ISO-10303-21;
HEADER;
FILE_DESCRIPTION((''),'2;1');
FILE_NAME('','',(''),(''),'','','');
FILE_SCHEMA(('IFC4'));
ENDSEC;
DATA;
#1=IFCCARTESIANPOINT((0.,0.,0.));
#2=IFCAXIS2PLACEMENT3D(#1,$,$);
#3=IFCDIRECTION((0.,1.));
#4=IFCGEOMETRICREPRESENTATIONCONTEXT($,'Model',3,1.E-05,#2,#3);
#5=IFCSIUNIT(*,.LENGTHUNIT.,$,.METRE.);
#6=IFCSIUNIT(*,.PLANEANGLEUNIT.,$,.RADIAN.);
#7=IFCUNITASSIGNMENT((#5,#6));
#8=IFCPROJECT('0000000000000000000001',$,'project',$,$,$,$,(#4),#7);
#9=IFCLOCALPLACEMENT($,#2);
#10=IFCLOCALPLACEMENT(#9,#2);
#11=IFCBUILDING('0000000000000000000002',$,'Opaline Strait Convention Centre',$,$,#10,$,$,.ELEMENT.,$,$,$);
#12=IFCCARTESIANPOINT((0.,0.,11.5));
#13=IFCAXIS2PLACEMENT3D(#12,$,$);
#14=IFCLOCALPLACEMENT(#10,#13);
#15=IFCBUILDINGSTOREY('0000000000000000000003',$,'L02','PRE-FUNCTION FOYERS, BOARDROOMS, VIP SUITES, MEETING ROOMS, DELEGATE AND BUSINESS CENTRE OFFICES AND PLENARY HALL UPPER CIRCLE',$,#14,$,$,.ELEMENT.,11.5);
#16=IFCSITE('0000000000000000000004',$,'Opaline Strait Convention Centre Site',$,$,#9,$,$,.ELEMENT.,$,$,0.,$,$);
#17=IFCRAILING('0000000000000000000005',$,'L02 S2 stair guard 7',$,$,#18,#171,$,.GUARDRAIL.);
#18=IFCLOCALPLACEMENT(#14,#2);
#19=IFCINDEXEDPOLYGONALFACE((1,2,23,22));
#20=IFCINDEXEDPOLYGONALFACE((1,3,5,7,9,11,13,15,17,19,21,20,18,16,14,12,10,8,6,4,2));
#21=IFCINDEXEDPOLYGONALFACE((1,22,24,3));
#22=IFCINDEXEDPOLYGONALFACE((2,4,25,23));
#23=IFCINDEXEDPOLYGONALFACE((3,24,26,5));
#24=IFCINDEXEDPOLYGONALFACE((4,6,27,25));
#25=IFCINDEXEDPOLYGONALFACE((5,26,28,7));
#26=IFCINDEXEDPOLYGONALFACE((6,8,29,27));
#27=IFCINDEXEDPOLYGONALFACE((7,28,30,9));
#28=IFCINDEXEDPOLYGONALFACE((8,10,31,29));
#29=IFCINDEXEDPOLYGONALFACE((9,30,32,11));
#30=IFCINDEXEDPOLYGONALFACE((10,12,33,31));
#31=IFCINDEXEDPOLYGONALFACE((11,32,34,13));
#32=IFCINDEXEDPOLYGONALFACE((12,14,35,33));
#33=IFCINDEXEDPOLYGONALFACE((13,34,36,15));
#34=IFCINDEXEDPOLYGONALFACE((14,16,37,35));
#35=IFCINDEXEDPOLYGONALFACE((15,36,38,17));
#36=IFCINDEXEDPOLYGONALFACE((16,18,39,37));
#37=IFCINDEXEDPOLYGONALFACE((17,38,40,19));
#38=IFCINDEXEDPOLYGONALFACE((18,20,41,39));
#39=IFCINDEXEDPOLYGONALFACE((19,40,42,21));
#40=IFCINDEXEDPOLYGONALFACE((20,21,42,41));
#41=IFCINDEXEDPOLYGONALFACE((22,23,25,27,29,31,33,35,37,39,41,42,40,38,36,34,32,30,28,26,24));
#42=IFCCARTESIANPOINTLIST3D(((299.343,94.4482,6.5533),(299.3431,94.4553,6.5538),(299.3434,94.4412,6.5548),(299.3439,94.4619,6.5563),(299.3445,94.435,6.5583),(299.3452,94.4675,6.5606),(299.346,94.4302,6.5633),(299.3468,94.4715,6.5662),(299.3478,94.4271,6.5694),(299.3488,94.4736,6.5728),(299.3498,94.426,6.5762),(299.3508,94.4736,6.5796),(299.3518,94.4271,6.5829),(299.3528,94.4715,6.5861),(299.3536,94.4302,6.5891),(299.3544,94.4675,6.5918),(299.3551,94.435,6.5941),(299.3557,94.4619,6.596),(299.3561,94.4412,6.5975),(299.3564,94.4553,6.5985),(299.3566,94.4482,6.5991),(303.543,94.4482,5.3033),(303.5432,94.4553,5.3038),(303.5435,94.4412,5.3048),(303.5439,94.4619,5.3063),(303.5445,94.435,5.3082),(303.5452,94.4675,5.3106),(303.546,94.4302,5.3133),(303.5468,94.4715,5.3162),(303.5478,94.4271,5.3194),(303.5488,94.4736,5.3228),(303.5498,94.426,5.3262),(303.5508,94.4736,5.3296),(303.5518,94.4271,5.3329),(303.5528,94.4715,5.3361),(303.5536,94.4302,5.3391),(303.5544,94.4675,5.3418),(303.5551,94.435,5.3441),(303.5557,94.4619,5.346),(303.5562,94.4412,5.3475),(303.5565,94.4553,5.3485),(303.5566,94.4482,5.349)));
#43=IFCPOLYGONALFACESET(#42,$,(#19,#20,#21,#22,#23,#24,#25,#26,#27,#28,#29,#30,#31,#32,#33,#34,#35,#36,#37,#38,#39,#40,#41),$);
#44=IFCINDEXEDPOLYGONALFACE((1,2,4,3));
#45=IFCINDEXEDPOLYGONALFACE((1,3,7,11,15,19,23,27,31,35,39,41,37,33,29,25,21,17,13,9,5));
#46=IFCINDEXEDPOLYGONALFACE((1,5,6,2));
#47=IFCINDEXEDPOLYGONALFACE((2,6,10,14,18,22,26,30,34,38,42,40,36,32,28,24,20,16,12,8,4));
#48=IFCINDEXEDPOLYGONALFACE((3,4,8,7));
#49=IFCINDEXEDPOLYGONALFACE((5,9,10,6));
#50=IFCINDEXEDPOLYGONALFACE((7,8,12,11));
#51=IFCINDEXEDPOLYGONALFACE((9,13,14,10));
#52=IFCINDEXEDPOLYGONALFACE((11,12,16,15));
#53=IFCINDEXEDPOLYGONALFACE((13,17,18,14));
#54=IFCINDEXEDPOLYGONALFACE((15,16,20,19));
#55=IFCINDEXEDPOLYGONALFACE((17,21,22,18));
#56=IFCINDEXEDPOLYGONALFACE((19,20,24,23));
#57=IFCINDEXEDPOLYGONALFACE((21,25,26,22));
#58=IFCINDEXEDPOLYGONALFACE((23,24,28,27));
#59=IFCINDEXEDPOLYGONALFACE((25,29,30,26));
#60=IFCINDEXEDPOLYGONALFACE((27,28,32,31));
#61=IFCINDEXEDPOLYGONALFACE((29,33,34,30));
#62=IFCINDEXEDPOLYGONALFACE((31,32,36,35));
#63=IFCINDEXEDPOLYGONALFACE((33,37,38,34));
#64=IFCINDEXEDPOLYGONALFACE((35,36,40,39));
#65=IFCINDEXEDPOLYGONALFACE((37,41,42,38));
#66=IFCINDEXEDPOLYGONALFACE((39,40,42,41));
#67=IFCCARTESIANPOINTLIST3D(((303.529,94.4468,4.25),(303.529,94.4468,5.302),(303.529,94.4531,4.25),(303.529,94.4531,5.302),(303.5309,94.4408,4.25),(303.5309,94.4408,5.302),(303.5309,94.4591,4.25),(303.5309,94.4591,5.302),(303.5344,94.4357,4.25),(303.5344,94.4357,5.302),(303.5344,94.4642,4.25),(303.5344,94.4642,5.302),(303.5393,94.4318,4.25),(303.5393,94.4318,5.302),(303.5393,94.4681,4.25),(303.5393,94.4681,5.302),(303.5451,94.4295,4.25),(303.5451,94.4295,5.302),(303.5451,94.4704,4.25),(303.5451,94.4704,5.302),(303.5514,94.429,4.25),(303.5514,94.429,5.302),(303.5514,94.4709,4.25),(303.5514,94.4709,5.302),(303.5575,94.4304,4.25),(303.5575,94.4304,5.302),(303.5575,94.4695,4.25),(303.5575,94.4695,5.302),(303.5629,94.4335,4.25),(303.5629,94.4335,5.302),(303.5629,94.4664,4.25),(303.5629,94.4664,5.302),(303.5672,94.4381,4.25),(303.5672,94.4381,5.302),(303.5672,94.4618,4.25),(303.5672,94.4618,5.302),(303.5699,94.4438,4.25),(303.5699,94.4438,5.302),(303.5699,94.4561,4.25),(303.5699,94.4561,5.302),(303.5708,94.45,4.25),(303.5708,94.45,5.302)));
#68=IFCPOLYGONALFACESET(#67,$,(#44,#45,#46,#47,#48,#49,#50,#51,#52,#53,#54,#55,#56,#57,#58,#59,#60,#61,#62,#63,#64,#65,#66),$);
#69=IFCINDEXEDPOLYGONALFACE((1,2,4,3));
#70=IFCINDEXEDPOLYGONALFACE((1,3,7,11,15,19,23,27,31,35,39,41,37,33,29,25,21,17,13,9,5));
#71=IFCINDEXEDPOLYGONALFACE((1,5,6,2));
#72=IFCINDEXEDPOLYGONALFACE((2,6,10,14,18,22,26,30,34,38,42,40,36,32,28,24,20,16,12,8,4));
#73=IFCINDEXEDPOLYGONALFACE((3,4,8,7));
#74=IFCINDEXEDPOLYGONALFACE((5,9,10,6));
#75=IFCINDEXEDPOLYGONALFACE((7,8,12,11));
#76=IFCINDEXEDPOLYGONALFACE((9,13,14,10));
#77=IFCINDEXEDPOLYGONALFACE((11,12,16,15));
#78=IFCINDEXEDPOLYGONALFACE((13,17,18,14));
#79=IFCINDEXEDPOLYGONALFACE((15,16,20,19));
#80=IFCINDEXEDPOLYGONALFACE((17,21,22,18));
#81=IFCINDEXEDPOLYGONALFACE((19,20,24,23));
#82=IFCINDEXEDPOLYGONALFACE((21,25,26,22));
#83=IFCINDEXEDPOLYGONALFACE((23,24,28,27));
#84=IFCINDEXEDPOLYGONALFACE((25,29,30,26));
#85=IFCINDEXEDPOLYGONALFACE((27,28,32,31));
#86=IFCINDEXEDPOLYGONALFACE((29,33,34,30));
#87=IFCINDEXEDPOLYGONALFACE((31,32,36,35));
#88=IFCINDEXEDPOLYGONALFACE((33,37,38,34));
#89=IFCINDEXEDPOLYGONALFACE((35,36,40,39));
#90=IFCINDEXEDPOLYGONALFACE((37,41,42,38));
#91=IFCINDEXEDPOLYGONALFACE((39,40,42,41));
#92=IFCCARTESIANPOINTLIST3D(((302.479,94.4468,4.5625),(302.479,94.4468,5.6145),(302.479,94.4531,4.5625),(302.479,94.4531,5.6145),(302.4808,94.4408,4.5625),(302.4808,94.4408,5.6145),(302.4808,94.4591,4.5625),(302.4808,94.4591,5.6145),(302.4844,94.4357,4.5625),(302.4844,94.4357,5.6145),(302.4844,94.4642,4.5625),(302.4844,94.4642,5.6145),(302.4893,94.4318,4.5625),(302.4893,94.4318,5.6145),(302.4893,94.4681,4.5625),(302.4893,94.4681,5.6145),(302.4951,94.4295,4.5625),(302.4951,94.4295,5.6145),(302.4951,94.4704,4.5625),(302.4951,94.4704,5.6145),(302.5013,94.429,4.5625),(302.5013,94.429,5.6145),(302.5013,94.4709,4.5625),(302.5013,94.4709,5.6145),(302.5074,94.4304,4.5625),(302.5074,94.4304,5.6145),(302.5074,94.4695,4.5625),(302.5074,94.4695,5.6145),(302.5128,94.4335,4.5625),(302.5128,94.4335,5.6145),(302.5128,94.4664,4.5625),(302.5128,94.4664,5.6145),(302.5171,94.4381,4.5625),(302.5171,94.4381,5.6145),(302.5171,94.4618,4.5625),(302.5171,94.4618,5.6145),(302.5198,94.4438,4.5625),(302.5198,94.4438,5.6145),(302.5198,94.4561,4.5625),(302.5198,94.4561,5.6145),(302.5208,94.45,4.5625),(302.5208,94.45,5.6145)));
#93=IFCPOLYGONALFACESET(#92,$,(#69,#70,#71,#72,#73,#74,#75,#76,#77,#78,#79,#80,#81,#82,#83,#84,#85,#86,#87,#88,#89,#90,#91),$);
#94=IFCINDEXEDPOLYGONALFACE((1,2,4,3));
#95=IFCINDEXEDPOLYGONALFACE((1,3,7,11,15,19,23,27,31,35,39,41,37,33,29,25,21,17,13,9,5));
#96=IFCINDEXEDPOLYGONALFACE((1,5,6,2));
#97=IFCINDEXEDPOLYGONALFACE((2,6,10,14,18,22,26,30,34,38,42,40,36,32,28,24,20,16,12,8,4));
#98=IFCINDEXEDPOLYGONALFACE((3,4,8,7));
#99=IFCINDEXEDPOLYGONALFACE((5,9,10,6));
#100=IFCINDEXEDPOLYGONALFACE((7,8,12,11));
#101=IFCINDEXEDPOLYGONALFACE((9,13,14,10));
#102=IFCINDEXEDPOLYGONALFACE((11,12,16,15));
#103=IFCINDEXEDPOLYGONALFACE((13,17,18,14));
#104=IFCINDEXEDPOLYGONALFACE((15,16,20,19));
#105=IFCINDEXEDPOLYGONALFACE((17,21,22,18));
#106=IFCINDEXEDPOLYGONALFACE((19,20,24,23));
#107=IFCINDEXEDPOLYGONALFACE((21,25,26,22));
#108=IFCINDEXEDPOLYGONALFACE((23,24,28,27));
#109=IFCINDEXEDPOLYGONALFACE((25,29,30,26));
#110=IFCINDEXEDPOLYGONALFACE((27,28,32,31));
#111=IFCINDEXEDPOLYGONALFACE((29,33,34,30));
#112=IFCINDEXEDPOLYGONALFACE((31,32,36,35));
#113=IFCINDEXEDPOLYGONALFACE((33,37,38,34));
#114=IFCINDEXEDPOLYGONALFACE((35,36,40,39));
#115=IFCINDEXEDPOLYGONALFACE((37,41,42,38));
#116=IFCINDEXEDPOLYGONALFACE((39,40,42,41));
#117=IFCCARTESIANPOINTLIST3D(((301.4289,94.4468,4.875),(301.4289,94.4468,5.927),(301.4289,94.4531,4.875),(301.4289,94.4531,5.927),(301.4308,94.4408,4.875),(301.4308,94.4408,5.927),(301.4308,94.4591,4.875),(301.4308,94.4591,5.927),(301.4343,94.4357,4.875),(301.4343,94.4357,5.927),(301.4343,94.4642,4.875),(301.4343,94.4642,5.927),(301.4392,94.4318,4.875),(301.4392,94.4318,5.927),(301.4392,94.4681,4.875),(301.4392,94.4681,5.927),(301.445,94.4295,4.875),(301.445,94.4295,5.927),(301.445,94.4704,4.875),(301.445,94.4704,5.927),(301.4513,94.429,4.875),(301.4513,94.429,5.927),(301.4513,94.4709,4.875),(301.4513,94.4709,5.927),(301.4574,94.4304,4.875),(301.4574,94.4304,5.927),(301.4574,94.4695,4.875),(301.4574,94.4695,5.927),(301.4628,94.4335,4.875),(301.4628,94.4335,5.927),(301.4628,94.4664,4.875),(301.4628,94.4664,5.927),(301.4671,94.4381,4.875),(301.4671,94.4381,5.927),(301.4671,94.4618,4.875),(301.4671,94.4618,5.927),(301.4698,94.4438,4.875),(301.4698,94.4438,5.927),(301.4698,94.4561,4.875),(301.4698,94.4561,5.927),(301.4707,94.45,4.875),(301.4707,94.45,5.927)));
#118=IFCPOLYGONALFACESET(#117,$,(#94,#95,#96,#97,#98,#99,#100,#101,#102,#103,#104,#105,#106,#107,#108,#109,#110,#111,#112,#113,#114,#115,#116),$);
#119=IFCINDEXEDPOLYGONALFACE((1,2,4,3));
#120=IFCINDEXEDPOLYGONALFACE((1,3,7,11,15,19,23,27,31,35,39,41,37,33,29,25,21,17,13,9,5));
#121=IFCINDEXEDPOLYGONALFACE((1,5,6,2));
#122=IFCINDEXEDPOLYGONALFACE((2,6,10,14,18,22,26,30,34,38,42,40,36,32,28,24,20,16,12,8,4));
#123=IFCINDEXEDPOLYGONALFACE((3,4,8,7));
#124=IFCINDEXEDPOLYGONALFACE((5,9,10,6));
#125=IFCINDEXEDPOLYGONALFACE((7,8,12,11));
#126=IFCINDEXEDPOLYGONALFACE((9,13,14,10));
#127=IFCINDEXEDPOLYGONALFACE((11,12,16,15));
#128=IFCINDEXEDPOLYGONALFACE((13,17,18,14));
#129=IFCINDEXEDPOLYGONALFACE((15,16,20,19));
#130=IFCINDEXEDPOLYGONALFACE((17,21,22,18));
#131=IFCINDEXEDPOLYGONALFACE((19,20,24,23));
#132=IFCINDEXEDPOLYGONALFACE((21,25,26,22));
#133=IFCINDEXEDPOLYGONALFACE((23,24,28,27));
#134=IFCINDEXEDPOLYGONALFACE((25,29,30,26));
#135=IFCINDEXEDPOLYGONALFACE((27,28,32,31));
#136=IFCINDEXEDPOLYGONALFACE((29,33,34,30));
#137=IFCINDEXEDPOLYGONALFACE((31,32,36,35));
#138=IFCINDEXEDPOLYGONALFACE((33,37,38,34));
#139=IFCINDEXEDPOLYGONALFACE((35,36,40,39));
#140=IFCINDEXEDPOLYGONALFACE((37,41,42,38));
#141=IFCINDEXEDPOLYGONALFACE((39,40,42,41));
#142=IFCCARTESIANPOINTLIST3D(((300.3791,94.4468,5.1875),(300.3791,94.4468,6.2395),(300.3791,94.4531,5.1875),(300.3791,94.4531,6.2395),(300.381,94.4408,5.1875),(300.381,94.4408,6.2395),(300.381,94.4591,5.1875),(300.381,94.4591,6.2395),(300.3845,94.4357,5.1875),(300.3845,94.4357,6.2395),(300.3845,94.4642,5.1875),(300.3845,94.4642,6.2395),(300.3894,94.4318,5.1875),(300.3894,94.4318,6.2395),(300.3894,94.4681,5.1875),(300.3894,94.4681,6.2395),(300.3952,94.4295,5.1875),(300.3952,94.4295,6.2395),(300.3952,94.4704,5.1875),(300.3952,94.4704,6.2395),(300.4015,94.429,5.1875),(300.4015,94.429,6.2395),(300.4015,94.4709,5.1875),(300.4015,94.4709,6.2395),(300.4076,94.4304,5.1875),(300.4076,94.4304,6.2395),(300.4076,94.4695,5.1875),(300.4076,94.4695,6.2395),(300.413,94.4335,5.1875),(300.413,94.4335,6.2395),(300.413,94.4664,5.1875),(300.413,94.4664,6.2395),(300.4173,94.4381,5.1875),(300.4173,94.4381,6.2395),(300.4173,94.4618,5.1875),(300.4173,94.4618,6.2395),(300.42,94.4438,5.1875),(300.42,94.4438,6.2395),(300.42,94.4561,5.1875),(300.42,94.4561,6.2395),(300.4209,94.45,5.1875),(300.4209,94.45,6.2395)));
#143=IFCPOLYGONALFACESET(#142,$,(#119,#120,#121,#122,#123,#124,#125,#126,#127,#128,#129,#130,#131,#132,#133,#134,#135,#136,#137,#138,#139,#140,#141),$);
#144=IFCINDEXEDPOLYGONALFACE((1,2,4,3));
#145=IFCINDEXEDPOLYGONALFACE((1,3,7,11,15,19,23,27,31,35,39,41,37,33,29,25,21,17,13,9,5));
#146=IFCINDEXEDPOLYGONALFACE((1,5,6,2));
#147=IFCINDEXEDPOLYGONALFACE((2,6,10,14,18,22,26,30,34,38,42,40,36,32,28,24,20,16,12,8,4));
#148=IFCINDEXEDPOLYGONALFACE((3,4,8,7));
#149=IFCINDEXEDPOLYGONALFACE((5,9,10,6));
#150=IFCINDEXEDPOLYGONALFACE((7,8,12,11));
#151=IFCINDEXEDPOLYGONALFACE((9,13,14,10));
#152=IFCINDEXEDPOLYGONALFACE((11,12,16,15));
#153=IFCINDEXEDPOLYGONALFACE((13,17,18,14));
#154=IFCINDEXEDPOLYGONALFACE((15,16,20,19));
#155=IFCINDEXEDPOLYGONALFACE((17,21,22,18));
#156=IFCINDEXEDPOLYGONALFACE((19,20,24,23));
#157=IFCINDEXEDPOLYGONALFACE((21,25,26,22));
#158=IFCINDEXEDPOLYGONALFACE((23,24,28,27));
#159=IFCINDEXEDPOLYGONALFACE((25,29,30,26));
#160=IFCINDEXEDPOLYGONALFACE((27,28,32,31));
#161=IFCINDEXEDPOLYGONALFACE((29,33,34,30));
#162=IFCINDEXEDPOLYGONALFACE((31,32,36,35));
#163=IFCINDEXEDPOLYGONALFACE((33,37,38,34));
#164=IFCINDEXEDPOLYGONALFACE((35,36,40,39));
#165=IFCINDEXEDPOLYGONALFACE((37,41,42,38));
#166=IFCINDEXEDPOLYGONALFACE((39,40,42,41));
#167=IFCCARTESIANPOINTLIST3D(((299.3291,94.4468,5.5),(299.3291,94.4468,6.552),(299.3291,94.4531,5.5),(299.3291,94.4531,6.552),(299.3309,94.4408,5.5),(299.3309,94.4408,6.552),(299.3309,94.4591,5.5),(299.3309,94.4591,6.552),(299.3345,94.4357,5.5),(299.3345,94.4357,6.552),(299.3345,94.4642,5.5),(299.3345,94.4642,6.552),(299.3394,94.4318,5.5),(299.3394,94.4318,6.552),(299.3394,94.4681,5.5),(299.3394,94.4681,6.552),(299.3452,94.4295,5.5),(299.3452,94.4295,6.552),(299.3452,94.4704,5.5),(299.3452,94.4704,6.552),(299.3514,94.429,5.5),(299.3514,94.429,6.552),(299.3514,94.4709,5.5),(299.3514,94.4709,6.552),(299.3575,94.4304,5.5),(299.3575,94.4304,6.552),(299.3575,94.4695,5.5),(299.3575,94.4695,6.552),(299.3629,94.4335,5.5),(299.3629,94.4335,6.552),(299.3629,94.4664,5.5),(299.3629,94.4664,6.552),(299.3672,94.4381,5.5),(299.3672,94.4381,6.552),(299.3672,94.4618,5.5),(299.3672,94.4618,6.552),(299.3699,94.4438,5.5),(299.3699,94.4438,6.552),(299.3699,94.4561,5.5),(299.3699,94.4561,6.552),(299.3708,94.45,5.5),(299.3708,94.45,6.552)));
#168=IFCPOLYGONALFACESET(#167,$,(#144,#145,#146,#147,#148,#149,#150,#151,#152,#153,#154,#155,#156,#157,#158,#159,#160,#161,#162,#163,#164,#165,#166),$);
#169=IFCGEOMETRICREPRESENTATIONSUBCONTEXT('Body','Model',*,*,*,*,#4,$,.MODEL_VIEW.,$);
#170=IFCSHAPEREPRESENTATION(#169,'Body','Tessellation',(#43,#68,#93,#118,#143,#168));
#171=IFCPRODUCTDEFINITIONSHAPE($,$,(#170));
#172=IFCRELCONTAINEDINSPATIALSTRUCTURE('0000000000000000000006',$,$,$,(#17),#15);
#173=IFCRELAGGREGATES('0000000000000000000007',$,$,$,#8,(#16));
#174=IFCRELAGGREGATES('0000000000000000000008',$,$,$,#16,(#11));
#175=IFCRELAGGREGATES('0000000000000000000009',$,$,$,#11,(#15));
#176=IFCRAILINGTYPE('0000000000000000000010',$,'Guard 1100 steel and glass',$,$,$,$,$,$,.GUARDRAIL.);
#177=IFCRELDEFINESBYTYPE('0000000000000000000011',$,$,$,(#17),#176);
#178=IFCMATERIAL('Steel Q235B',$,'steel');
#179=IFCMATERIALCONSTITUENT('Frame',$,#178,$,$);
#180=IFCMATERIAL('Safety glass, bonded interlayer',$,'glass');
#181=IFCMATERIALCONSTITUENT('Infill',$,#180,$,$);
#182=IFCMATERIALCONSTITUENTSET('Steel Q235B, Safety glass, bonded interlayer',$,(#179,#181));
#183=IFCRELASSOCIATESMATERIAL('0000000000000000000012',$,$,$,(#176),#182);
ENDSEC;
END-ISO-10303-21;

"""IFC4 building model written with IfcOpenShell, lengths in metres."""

from ifc_helpers import new_model, si_unit, direction, frame, origin, origin_2d, place, context, subcontext, project, spatial, circle, extrude, material, constituent, constituent_set, type_object, element, save


model = new_model("IFC4")

# Units and contexts
model_context = context("Model", 3, precision=1e-05, world=origin(), true_north=direction((0.0, 1.0)))
body_context = subcontext(model_context, "Body", "Model", "MODEL_VIEW")
ifc_project = project(units=[si_unit("LENGTHUNIT", "METRE"), si_unit("PLANEANGLEUNIT", "RADIAN")], contexts=[model_context])

# Site, building, storey
site_placement = place(None, origin())
site = spatial("IfcSite", under=ifc_project, at=site_placement, Name="Opaline Strait Convention Centre Site", CompositionType="ELEMENT", RefElevation=0.0)
building_placement = place(site_placement, origin())
building = spatial("IfcBuilding", under=site, at=building_placement, Name="Opaline Strait Convention Centre", CompositionType="ELEMENT")
storey_placement = place(building_placement, frame((0.0, 0.0, 11.5)))
storey = spatial("IfcBuildingStorey", under=building, at=storey_placement, Name="L02", Description="PRE-FUNCTION FOYERS, BOARDROOMS, VIP SUITES, MEETING ROOMS, DELEGATE AND BUSINESS CENTRE OFFICES AND PLENARY HALL UPPER CIRCLE", CompositionType="ELEMENT", Elevation=11.5)

# Shared definitions
ifc_material_1 = material(Name="Steel Q235B", Category="steel")

# Railing
ifc_constituent_1 = constituent(ifc_material_1, Name="Frame")
ifc_material_2 = material(Name="Safety glass, bonded interlayer", Category="glass")
ifc_constituent_2 = constituent(ifc_material_2, Name="Infill")
ifc_constituent_set = constituent_set(constituents=[ifc_constituent_1, ifc_constituent_2], Name="Steel Q235B, Safety glass, bonded interlayer")
railing_type_1 = type_object("IfcRailingType", Name="Guard 1100 steel and glass", PredefinedType="GUARDRAIL", material=ifc_constituent_set)
railing_1_placement = place(storey_placement, frame((303.5498, 94.45, 4.25)))
element("IfcRailing", 1, at=railing_1_placement, inside=storey, type_object=railing_type_1, Name="L02 S2 stair guard 7", PredefinedType="GUARDRAIL", context=body_context, shape_type="SweptSolid", body=[
    extrude(circle(Radius=0.0239, at=origin_2d()), frame((0.0, 0.0, 1.0762), z_axis=(-0.958451, 0.0, 0.285257), x_axis=(0.0, -1.0, 0.0)), (0.0, 0.0, 1.0), 4.3821),
    extrude(circle(Radius=0.021, at=origin_2d()), origin(), (0.0, 0.0, 1.0), 1.052),
    extrude(circle(Radius=0.021, at=origin_2d()), frame((-1.05, 0.0, 0.3125)), (0.0, 0.0, 1.0), 1.052),
    extrude(circle(Radius=0.021, at=origin_2d()), frame((-2.1001, 0.0, 0.625)), (0.0, 0.0, 1.0), 1.052),
    extrude(circle(Radius=0.021, at=origin_2d()), frame((-3.1499, 0.0, 0.9375)), (0.0, 0.0, 1.0), 1.052),
    extrude(circle(Radius=0.021, at=origin_2d()), frame((-4.2, 0.0, 1.25)), (0.0, 0.0, 1.0), 1.052),
])

save(model, "model.ifc")
